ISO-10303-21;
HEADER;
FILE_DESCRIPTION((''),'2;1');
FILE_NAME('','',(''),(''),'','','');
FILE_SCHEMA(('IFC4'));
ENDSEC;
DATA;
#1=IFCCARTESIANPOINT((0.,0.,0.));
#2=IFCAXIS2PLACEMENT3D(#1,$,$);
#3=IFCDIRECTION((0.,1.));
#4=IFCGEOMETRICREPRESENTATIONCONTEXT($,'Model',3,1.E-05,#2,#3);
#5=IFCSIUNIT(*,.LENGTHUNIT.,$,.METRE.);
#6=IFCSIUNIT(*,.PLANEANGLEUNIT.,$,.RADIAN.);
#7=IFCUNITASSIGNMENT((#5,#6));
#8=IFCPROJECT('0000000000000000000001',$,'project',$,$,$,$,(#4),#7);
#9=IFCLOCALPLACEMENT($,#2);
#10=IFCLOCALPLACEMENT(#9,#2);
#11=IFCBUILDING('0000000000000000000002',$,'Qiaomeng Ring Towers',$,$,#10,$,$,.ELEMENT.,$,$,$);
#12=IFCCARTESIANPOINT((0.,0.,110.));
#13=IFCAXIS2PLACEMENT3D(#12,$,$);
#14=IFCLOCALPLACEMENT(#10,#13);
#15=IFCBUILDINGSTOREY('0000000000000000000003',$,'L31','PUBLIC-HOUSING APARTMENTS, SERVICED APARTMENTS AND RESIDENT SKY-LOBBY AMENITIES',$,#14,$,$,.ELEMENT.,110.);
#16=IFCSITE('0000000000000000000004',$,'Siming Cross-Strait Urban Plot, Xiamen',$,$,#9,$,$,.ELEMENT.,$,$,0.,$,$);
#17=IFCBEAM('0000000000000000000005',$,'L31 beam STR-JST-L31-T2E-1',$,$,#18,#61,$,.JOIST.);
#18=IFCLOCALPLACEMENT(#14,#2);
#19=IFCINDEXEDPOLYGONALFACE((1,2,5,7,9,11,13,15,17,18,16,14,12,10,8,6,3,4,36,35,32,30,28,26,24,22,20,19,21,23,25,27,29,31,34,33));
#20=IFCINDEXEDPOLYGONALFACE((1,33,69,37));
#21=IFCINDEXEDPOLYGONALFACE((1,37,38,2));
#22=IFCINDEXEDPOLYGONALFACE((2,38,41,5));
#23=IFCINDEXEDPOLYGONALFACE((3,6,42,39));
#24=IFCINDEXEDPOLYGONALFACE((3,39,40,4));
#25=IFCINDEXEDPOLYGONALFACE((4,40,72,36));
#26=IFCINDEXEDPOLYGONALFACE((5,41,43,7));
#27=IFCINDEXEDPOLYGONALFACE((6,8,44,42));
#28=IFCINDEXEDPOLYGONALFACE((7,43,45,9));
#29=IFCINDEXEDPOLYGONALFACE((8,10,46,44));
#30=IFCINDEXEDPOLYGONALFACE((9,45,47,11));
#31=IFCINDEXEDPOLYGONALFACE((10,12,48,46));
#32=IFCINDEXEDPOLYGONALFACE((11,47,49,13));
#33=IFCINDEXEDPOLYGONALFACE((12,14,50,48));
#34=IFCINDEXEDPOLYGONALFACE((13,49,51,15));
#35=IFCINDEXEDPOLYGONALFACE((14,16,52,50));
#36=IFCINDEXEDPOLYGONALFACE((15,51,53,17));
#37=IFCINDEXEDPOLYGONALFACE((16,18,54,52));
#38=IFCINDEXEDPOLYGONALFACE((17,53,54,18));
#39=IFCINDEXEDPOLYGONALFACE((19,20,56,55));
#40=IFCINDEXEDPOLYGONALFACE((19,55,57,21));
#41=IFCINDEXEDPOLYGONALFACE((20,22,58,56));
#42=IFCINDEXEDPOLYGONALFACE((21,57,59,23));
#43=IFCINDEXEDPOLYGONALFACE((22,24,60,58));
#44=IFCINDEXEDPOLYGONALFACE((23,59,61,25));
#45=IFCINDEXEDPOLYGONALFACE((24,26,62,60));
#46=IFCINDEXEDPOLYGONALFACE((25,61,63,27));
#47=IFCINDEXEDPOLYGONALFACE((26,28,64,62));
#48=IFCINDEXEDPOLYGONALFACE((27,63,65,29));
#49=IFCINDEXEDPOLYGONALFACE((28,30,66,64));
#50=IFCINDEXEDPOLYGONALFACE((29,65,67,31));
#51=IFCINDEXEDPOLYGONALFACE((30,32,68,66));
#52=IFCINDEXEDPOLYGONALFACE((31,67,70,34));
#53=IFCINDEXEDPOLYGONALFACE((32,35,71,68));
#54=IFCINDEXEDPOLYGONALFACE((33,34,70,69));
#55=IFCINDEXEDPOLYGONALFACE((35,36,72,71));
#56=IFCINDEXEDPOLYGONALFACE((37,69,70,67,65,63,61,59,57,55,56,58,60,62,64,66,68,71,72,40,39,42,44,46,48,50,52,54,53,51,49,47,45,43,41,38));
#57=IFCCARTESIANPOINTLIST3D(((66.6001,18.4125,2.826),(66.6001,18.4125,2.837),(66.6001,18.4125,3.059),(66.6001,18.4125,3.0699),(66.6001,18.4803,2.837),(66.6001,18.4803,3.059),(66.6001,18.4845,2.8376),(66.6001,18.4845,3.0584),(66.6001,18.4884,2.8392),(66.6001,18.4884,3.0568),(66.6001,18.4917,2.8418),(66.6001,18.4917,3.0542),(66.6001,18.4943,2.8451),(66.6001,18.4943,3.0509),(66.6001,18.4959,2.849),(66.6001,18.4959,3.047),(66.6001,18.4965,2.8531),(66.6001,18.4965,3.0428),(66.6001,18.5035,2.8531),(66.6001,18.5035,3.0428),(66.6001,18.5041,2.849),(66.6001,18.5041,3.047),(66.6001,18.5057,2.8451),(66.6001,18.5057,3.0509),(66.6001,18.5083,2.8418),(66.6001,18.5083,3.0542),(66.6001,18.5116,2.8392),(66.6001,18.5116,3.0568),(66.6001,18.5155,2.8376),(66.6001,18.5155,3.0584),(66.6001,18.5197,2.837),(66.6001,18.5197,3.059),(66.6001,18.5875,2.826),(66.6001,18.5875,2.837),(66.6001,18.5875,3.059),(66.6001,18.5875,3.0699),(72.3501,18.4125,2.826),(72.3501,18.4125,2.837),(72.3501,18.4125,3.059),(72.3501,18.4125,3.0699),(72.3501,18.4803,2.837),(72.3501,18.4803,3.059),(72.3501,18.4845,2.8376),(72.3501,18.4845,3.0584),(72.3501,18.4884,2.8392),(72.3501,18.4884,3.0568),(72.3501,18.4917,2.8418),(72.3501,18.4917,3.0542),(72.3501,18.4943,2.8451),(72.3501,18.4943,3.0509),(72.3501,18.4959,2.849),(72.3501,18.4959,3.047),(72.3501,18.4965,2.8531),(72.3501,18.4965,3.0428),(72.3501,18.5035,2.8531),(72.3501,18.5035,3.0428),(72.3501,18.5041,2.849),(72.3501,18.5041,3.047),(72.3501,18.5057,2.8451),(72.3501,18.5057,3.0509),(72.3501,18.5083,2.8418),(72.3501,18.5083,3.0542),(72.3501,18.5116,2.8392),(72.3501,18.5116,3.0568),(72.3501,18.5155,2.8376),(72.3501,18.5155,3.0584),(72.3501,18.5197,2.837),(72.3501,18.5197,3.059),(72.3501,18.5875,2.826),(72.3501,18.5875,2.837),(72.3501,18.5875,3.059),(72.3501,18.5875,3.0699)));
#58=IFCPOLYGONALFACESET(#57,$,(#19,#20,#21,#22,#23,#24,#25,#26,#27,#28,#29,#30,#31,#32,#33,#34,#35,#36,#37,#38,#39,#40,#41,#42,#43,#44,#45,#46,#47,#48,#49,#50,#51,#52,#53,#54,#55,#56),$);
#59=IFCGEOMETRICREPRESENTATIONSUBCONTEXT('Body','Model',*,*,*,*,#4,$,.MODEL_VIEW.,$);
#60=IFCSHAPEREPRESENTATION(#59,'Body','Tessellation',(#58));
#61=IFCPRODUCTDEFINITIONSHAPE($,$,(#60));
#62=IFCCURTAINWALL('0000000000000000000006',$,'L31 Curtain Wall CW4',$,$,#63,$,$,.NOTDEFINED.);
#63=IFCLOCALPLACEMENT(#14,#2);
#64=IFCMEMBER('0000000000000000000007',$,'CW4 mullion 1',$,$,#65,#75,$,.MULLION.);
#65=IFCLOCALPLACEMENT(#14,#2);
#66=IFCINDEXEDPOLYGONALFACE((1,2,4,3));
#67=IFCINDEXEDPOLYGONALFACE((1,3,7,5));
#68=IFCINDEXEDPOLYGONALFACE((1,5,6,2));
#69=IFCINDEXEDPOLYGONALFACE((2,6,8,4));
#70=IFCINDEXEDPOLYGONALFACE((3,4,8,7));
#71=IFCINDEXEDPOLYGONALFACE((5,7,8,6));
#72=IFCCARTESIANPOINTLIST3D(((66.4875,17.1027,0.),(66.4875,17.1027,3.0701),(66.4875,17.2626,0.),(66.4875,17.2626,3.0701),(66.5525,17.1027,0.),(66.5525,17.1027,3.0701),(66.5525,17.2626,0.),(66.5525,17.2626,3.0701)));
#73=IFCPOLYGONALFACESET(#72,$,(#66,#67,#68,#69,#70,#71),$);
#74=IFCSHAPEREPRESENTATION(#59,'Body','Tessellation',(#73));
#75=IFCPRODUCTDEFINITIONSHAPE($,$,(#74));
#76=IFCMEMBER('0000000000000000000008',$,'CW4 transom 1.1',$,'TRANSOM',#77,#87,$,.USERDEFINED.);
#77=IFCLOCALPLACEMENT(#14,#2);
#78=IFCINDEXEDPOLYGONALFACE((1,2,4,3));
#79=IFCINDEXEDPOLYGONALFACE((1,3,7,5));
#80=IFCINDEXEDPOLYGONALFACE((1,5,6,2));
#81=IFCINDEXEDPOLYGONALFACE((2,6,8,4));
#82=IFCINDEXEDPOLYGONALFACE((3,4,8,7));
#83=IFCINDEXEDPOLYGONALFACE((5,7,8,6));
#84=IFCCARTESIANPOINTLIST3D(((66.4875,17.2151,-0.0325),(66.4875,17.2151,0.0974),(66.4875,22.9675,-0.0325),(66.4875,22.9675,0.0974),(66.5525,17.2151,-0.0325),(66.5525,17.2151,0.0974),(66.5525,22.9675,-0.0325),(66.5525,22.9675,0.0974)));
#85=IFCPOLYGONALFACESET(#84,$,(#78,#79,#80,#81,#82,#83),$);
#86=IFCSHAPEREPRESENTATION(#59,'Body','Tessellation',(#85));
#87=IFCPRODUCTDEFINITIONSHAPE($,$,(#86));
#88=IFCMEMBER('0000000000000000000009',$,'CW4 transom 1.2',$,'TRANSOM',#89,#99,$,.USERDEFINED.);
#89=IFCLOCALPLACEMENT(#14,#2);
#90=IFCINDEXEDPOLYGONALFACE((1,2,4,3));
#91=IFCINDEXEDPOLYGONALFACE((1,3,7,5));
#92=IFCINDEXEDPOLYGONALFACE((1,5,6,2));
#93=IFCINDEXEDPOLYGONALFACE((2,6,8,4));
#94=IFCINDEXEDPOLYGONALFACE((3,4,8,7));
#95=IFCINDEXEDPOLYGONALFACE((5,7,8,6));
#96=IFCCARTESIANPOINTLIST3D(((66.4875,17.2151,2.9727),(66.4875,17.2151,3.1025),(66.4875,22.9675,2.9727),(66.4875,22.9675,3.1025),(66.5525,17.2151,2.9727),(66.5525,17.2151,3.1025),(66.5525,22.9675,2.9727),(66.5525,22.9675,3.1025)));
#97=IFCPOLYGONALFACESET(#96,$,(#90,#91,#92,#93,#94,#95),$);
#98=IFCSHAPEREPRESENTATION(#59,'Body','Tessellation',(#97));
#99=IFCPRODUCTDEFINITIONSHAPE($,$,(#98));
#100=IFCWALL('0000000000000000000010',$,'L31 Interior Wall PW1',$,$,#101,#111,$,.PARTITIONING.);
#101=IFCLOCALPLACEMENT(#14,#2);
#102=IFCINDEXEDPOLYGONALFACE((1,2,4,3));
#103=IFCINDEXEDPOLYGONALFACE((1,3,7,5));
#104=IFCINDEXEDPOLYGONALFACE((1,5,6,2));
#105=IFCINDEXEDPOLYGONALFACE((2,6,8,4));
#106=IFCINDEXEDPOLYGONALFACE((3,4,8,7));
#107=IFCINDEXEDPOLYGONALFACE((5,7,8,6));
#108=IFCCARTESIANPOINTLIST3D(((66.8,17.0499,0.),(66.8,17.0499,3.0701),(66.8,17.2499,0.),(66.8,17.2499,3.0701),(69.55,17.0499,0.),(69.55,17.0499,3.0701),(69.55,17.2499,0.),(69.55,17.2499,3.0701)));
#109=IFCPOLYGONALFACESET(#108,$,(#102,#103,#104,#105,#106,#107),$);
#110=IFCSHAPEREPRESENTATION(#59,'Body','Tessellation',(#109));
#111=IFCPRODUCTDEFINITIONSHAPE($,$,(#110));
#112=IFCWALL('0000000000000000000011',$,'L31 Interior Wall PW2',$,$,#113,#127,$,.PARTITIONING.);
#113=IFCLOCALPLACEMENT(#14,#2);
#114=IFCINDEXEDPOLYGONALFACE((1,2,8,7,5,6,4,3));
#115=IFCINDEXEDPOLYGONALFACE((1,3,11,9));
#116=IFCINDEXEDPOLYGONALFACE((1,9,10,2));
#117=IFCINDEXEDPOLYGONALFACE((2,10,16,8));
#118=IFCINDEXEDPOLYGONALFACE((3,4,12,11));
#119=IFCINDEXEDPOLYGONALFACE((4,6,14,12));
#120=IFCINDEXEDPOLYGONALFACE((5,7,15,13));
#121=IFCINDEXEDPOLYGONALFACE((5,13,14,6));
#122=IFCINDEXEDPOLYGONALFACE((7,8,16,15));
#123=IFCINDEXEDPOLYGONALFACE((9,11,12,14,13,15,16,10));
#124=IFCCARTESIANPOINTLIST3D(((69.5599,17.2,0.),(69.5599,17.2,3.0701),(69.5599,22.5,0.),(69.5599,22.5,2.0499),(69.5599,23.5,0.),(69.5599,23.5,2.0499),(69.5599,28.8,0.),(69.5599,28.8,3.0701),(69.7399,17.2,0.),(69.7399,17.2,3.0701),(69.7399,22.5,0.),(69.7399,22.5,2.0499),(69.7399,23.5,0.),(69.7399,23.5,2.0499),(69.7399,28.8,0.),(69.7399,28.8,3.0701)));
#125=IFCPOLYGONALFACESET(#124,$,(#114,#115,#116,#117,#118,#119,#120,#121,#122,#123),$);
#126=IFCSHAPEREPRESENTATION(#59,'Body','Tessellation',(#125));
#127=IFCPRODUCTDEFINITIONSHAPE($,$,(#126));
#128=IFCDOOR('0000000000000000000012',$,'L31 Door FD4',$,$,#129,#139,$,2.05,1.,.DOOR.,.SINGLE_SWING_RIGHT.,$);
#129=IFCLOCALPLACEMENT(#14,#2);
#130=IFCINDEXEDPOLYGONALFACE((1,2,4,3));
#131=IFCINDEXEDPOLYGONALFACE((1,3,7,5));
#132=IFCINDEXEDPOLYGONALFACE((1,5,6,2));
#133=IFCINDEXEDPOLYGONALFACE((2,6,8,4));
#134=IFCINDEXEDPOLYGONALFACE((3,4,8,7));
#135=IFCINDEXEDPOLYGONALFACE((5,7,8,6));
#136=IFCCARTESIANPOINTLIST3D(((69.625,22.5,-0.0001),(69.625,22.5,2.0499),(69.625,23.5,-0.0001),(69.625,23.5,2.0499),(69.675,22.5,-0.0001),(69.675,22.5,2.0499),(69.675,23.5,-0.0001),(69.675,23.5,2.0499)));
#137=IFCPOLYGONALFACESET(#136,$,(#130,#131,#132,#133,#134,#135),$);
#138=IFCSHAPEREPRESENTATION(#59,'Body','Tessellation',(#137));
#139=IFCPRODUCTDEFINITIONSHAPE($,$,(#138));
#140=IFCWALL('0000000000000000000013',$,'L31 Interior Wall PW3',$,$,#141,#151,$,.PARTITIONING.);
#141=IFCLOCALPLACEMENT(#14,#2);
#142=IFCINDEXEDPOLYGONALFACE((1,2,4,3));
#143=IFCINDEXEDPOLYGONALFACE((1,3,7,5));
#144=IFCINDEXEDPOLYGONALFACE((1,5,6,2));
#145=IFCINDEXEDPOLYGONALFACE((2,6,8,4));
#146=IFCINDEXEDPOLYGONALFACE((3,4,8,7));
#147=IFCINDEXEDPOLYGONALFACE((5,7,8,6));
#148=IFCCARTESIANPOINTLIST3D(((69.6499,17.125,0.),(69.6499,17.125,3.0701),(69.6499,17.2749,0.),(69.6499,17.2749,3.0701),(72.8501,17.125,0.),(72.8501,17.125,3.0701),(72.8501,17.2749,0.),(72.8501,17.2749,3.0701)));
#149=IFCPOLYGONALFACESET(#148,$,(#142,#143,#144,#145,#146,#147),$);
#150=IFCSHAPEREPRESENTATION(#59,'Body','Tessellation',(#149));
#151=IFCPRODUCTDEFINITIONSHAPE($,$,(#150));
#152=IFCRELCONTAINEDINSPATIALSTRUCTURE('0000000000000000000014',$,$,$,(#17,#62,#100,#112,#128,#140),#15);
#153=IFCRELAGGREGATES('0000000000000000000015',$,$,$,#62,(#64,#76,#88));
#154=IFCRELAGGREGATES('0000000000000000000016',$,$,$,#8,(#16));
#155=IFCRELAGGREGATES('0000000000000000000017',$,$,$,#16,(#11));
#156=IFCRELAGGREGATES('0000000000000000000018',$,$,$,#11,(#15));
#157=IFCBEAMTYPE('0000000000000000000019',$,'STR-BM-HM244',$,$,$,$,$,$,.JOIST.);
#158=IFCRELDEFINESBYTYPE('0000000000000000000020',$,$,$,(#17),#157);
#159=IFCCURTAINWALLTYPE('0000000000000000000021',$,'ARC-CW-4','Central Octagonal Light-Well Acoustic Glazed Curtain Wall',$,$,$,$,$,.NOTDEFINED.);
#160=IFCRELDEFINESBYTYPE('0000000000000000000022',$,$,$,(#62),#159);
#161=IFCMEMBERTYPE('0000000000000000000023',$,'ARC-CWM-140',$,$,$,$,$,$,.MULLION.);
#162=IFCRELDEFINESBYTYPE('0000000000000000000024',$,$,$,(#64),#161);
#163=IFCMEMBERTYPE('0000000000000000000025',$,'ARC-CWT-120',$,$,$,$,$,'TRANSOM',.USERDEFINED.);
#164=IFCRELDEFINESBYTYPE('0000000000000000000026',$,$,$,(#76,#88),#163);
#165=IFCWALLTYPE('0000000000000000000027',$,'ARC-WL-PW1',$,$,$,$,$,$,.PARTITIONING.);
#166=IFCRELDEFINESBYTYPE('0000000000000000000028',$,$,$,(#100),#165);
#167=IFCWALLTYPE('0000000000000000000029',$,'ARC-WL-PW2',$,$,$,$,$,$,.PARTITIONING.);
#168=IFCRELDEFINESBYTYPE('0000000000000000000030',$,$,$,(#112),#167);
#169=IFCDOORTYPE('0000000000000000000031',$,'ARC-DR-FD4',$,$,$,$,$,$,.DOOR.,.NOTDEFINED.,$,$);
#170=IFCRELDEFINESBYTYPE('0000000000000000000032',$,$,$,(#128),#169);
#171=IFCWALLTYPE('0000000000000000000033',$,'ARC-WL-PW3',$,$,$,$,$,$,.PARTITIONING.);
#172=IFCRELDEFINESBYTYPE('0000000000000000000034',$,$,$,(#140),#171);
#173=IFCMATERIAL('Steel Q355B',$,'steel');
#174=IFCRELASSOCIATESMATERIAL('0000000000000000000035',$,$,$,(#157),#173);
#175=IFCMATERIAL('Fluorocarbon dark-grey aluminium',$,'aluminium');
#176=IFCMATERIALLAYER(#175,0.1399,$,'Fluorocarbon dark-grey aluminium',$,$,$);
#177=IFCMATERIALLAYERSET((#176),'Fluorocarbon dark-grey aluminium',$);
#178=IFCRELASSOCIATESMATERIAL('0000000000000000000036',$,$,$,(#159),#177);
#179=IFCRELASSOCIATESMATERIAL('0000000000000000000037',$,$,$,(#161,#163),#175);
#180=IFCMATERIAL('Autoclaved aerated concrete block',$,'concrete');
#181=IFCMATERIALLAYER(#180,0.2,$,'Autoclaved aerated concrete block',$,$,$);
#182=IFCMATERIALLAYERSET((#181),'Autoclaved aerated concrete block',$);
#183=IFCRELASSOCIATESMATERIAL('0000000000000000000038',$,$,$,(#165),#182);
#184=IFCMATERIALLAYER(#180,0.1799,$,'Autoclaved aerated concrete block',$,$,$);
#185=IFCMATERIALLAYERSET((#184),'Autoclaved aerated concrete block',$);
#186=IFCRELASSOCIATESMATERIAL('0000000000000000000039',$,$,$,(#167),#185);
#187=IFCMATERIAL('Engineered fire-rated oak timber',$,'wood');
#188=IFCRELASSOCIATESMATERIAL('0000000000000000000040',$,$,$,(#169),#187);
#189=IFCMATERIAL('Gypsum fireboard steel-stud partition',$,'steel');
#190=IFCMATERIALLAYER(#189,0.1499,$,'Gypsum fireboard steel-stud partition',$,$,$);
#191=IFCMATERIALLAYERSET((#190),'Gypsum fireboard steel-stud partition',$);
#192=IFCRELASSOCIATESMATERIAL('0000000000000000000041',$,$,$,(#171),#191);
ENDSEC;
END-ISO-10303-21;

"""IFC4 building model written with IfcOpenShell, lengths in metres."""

from ifc_helpers import new_model, si_unit, direction, frame, frame_2d, origin, origin_2d, place, context, subcontext, project, spatial, rectangle, i_section, extrude, source, transform, mapped, material, layer, layer_set, material_profile, profile_set, type_object, element, fill, aggregate, save


model = new_model("IFC4")

# Units and contexts
model_context = context("Model", 3, precision=1e-05, world=origin(), true_north=direction((0.0, 1.0)))
body_context = subcontext(model_context, "Body", "Model", "MODEL_VIEW")
ifc_project = project(units=[si_unit("LENGTHUNIT", "METRE"), si_unit("PLANEANGLEUNIT", "RADIAN")], contexts=[model_context])

# Site, building, storey
site_placement = place(None, origin())
site = spatial("IfcSite", under=ifc_project, at=site_placement, Name="Siming Cross-Strait Urban Plot, Xiamen", CompositionType="ELEMENT", RefElevation=0.0)
building_placement = place(site_placement, origin())
building = spatial("IfcBuilding", under=site, at=building_placement, Name="Qiaomeng Ring Towers", CompositionType="ELEMENT")
storey_placement = place(building_placement, frame((0.0, 0.0, 110.0)))
storey = spatial("IfcBuildingStorey", under=building, at=storey_placement, Name="L31", Description="PUBLIC-HOUSING APARTMENTS, SERVICED APARTMENTS AND RESIDENT SKY-LOBBY AMENITIES", CompositionType="ELEMENT", Elevation=110.0)

# Beam
ifc_material_1 = material(Name="Steel Q355B", Category="steel")
ifc_material_profile_1 = material_profile(ifc_material_1, i_section(OverallWidth=0.175, OverallDepth=0.2439, WebThickness=0.0071, FlangeThickness=0.011, FilletRadius=0.0161, at=origin_2d()), Name="HM 244x175x7x11")
ifc_profile_set_1 = profile_set([ifc_material_profile_1], Name="Steel Q355B")
beam_type_1 = type_object("IfcBeamType", Name="STR-BM-HM244", PredefinedType="JOIST", material=ifc_profile_set_1)
shared_shape_1 = source(origin(), body_context, "Body", "SweptSolid", [
    extrude(i_section(OverallWidth=0.175, OverallDepth=0.2439, WebThickness=0.0071, FlangeThickness=0.011, FilletRadius=0.0161, at=origin_2d()), origin(), (0.0, 0.0, 1.0), 5.75),
])
beam_1_placement = place(storey_placement, frame((66.6001, 18.5, 2.948), z_axis=(1.0, 0.0, 0.0), x_axis=(0.0, 1.0, 0.0)))
element("IfcBeam", 1, at=beam_1_placement, inside=storey, type_object=beam_type_1, Name="L31 beam STR-JST-L31-T2E-1", PredefinedType="JOIST", context=body_context, shape_type="MappedRepresentation", body=[
    mapped(shared_shape_1, transform((0.0, 0.0, 0.0), x_axis=(1.0, 0.0, 0.0), y_axis=(0.0, 1.0, 0.0), z_axis=(0.0, 0.0, 1.0), scale=1.0)),
])

# Curtain wall, members
ifc_material_2 = material(Name="Fluorocarbon dark-grey aluminium", Category="aluminium")
ifc_layer_1 = layer(ifc_material_2, 0.1399, Name="Fluorocarbon dark-grey aluminium")
ifc_layer_set_1 = layer_set([ifc_layer_1], Name="Fluorocarbon dark-grey aluminium")
curtain_wall_type = type_object("IfcCurtainWallType", Name="ARC-CW-4", Description="Central Octagonal Light-Well Acoustic Glazed Curtain Wall", PredefinedType="NOTDEFINED", material=ifc_layer_set_1)
curtain_wall_placement = place(storey_placement, origin())
curtain_wall = element("IfcCurtainWall", 2, at=curtain_wall_placement, inside=storey, type_object=curtain_wall_type, Name="L31 Curtain Wall CW4", PredefinedType="NOTDEFINED")
ifc_material_profile_2 = material_profile(ifc_material_2, rectangle(XDim=0.0649, YDim=0.1599, at=origin_2d()), Name="ALU MULL 65x160")
ifc_profile_set_2 = profile_set([ifc_material_profile_2], Name="Fluorocarbon dark-grey aluminium")
member_type_1 = type_object("IfcMemberType", Name="ARC-CWM-140", PredefinedType="MULLION", material=ifc_profile_set_2)
shared_shape_2 = source(origin(), body_context, "Body", "SweptSolid", [
    extrude(rectangle(XDim=0.0649, YDim=0.1599, at=origin_2d()), origin(), (0.0, 0.0, 1.0), 3.0701),
])
member_1_placement = place(storey_placement, frame((66.52, 17.1826, 0.0), z_axis=(0.0, 0.0, 1.0), x_axis=(-1.0, 0.0, 0.0)))
member_1 = element("IfcMember", 3, at=member_1_placement, type_object=member_type_1, Name="CW4 mullion 1", PredefinedType="MULLION", context=body_context, shape_type="MappedRepresentation", body=[
    mapped(shared_shape_2, transform((0.0, 0.0, 0.0), x_axis=(1.0, 0.0, 0.0), y_axis=(0.0, 1.0, 0.0), z_axis=(0.0, 0.0, 1.0), scale=1.0)),
])
ifc_material_profile_3 = material_profile(ifc_material_2, rectangle(XDim=0.0649, YDim=0.1299, at=origin_2d()), Name="ALU TRAN 65x130")
ifc_profile_set_3 = profile_set([ifc_material_profile_3], Name="Fluorocarbon dark-grey aluminium")
member_type_2 = type_object("IfcMemberType", Name="ARC-CWT-120", ElementType="TRANSOM", PredefinedType="USERDEFINED", material=ifc_profile_set_3)
shared_shape_3 = source(origin(), body_context, "Body", "SweptSolid", [
    extrude(rectangle(XDim=0.0649, YDim=0.1299, at=origin_2d()), origin(), (0.0, 0.0, 1.0), 5.7524),
])
member_2_placement = place(storey_placement, frame((66.52, 17.2151, 0.0325), z_axis=(0.0, 1.0, 0.0), x_axis=(-1.0, 0.0, 0.0)))
member_2 = element("IfcMember", 4, at=member_2_placement, type_object=member_type_2, Name="CW4 transom 1.1", ObjectType="TRANSOM", PredefinedType="USERDEFINED", context=body_context, shape_type="MappedRepresentation", body=[
    mapped(shared_shape_3, transform((0.0, 0.0, 0.0), x_axis=(1.0, 0.0, 0.0), y_axis=(0.0, 1.0, 0.0), z_axis=(0.0, 0.0, 1.0), scale=1.0)),
])
member_3_placement = place(storey_placement, frame((66.52, 17.2151, 3.0376), z_axis=(0.0, 1.0, 0.0), x_axis=(-1.0, 0.0, 0.0)))
member_3 = element("IfcMember", 5, at=member_3_placement, type_object=member_type_2, Name="CW4 transom 1.2", ObjectType="TRANSOM", PredefinedType="USERDEFINED", context=body_context, shape_type="MappedRepresentation", body=[
    mapped(shared_shape_3, transform((0.0, 0.0, 0.0), x_axis=(1.0, 0.0, 0.0), y_axis=(0.0, 1.0, 0.0), z_axis=(0.0, 0.0, 1.0), scale=1.0)),
])
aggregate(curtain_wall, [member_1, member_2, member_3])

# Wall
ifc_material_3 = material(Name="Autoclaved aerated concrete block", Category="concrete")
ifc_layer_2 = layer(ifc_material_3, 0.2, Name="Autoclaved aerated concrete block")
ifc_layer_set_2 = layer_set([ifc_layer_2], Name="Autoclaved aerated concrete block")
wall_type_1 = type_object("IfcWallType", Name="ARC-WL-PW1", PredefinedType="PARTITIONING", material=ifc_layer_set_2)
wall_1_placement = place(storey_placement, frame((66.8, 17.1499, 0.0), z_axis=(0.0, 0.0, 1.0), x_axis=(1.0, 0.0, 0.0)))
element("IfcWall", 6, at=wall_1_placement, inside=storey, type_object=wall_type_1, Name="L31 Interior Wall PW1", PredefinedType="PARTITIONING", context=body_context, shape_type="SweptSolid", body=[
    extrude(rectangle(XDim=2.75, YDim=0.2, at=frame_2d((1.375, 0.0))), origin(), (0.0, 0.0, 1.0), 3.0701),
])

# Wall, opening, door
ifc_layer_3 = layer(ifc_material_3, 0.1799, Name="Autoclaved aerated concrete block")
ifc_layer_set_3 = layer_set([ifc_layer_3], Name="Autoclaved aerated concrete block")
wall_type_2 = type_object("IfcWallType", Name="ARC-WL-PW2", PredefinedType="PARTITIONING", material=ifc_layer_set_3)
wall_2_placement = place(storey_placement, frame((69.6499, 17.2, 0.0), z_axis=(0.0, 0.0, 1.0), x_axis=(0.0, 1.0, 0.0)))
wall_2 = element("IfcWall", 7, at=wall_2_placement, inside=storey, type_object=wall_type_2, Name="L31 Interior Wall PW2", PredefinedType="PARTITIONING", context=body_context, shape_type="SweptSolid", body=[
    extrude(rectangle(XDim=11.6001, YDim=0.1799, at=frame_2d((5.8, 0.0))), origin(), (0.0, 0.0, 1.0), 3.0701),
])
opening_1_placement = place(wall_2_placement, frame((5.3, 0.0, 0.0)))
opening_1 = element("IfcOpeningElement", 8, at=opening_1_placement, cuts=wall_2, PredefinedType="OPENING", context=body_context, shape_type="SweptSolid", body=[
    extrude(rectangle(XDim=1.0, YDim=2.05, at=frame_2d((0.5, 1.0249))), frame((0.0, 0.0999, 0.0), z_axis=(0.0, -1.0, 0.0), x_axis=(1.0, 0.0, 0.0)), (0.0, 0.0, 1.0), 0.2),
])
ifc_material_4 = material(Name="Engineered fire-rated oak timber", Category="wood")
door_type_1 = type_object("IfcDoorType", Name="ARC-DR-FD4", OperationType="NOTDEFINED", PredefinedType="DOOR", material=ifc_material_4)
shared_shape_4 = source(origin(), body_context, "Body", "SweptSolid", [
    extrude(rectangle(XDim=1.0, YDim=2.05, at=frame_2d((0.5, 1.0249))), frame((0.0, 0.0249, 0.0), z_axis=(0.0, -1.0, 0.0), x_axis=(1.0, 0.0, 0.0)), (0.0, 0.0, 1.0), 0.05),
])
door_1_placement = place(opening_1_placement, origin())
door_1 = element("IfcDoor", 9, at=door_1_placement, inside=storey, type_object=door_type_1, Name="L31 Door FD4", OperationType="SINGLE_SWING_RIGHT", OverallHeight=2.05, OverallWidth=1.0, PredefinedType="DOOR", context=body_context, shape_type="MappedRepresentation", body=[
    mapped(shared_shape_4, transform((0.0, 0.0, 0.0), x_axis=(1.0, 0.0, 0.0), y_axis=(0.0, 1.0, 0.0), z_axis=(0.0, 0.0, 1.0), scale=1.0)),
])
fill(opening_1, door_1)

# Wall
ifc_material_5 = material(Name="Gypsum fireboard steel-stud partition", Category="steel")
ifc_layer_4 = layer(ifc_material_5, 0.1499, Name="Gypsum fireboard steel-stud partition")
ifc_layer_set_4 = layer_set([ifc_layer_4], Name="Gypsum fireboard steel-stud partition")
wall_type_3 = type_object("IfcWallType", Name="ARC-WL-PW3", PredefinedType="PARTITIONING", material=ifc_layer_set_4)
wall_3_placement = place(storey_placement, frame((69.6499, 17.2, 0.0), z_axis=(0.0, 0.0, 1.0), x_axis=(1.0, 0.0, 0.0)))
element("IfcWall", 10, at=wall_3_placement, inside=storey, type_object=wall_type_3, Name="L31 Interior Wall PW3", PredefinedType="PARTITIONING", context=body_context, shape_type="SweptSolid", body=[
    extrude(rectangle(XDim=3.2002, YDim=0.1499, at=frame_2d((1.6001, 0.0))), origin(), (0.0, 0.0, 1.0), 3.0701),
])

save(model, "model.ifc")
